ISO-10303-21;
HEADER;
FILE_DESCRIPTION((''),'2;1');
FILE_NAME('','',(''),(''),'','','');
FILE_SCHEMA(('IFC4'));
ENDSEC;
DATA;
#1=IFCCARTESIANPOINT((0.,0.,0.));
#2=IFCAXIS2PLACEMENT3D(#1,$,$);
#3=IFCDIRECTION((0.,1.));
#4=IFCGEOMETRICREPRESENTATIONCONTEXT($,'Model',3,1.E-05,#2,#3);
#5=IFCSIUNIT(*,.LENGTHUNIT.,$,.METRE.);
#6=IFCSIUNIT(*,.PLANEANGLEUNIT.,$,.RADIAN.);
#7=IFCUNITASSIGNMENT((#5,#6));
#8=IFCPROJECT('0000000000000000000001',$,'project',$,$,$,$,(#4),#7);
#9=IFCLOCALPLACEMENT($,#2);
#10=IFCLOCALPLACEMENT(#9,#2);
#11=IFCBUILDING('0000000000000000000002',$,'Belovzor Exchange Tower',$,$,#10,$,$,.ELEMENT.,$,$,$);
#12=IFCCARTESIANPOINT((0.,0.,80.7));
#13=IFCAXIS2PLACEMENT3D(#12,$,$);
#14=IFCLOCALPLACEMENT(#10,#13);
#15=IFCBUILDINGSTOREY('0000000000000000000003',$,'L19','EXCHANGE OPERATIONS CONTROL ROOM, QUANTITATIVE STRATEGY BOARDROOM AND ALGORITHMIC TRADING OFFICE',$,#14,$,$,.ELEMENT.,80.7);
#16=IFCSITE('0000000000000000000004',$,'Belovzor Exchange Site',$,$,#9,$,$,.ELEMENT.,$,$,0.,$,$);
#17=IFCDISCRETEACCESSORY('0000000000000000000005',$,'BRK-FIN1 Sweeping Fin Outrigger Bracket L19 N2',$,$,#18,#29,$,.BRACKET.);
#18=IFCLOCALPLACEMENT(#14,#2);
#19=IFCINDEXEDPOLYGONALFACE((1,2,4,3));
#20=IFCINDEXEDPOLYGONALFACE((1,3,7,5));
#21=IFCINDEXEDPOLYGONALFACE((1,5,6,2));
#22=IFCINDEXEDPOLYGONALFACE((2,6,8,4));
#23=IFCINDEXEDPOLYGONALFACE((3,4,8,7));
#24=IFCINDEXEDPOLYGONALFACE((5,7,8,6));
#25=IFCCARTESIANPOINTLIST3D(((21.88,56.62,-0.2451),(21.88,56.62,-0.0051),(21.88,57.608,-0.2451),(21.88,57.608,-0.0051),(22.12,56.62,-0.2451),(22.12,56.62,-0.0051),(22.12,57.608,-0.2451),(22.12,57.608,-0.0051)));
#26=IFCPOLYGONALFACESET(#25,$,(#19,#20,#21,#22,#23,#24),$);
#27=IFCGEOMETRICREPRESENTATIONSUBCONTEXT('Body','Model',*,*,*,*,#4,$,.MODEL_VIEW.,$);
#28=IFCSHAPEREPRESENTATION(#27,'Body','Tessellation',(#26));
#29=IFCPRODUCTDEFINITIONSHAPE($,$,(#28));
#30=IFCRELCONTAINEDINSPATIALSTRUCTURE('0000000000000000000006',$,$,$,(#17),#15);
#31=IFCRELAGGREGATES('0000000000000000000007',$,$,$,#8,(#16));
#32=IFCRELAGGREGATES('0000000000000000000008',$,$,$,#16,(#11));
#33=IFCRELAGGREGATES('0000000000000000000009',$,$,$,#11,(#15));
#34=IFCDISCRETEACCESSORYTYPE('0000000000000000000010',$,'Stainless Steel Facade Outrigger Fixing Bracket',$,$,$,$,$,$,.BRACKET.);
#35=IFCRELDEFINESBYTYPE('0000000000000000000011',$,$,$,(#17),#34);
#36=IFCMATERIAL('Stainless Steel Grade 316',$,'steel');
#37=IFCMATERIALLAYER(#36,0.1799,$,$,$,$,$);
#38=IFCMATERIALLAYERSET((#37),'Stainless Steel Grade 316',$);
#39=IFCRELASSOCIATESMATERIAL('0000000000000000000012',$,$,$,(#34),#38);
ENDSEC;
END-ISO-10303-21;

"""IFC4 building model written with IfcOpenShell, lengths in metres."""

from ifc_helpers import new_model, si_unit, direction, frame, origin, origin_2d, place, context, subcontext, project, spatial, rectangle, extrude, material, layer, layer_set, type_object, element, save


model = new_model("IFC4")

# Units and contexts
model_context = context("Model", 3, precision=1e-05, world=origin(), true_north=direction((0.0, 1.0)))
body_context = subcontext(model_context, "Body", "Model", "MODEL_VIEW")
ifc_project = project(units=[si_unit("LENGTHUNIT", "METRE"), si_unit("PLANEANGLEUNIT", "RADIAN")], contexts=[model_context])

# Site, building, storey
site_placement = place(None, origin())
site = spatial("IfcSite", under=ifc_project, at=site_placement, Name="Belovzor Exchange Site", CompositionType="ELEMENT", RefElevation=0.0)
building_placement = place(site_placement, origin())
building = spatial("IfcBuilding", under=site, at=building_placement, Name="Belovzor Exchange Tower", CompositionType="ELEMENT")
storey_placement = place(building_placement, frame((0.0, 0.0, 80.7)))
storey = spatial("IfcBuildingStorey", under=building, at=storey_placement, Name="L19", Description="EXCHANGE OPERATIONS CONTROL ROOM, QUANTITATIVE STRATEGY BOARDROOM AND ALGORITHMIC TRADING OFFICE", CompositionType="ELEMENT", Elevation=80.7)

# Discrete accessory
ifc_material_1 = material(Name="Stainless Steel Grade 316", Category="steel")
ifc_layer_1 = layer(ifc_material_1, 0.1799)
ifc_layer_set_1 = layer_set([ifc_layer_1], Name="Stainless Steel Grade 316")
discrete_accessory_type = type_object("IfcDiscreteAccessoryType", Name="Stainless Steel Facade Outrigger Fixing Bracket", PredefinedType="BRACKET", material=ifc_layer_set_1)
for number, where, z_axis, x_axis, name in (
    (1, (22.0, 57.114, -0.2451), (0.0, 0.0, 1.0), (0.0, 1.0, 0.0), "BRK-FIN1 Sweeping Fin Outrigger Bracket L19 N2"),
):
    element("IfcDiscreteAccessory", number, at=place(storey_placement, frame(where, z_axis=z_axis, x_axis=x_axis)), inside=storey, type_object=discrete_accessory_type, Name=name, PredefinedType="BRACKET", context=body_context, shape_type="SweptSolid", body=[
        extrude(rectangle(XDim=0.988, YDim=0.24, at=origin_2d()), origin(), (0.0, 0.0, 1.0), 0.24),
    ])

save(model, "model.ifc")
